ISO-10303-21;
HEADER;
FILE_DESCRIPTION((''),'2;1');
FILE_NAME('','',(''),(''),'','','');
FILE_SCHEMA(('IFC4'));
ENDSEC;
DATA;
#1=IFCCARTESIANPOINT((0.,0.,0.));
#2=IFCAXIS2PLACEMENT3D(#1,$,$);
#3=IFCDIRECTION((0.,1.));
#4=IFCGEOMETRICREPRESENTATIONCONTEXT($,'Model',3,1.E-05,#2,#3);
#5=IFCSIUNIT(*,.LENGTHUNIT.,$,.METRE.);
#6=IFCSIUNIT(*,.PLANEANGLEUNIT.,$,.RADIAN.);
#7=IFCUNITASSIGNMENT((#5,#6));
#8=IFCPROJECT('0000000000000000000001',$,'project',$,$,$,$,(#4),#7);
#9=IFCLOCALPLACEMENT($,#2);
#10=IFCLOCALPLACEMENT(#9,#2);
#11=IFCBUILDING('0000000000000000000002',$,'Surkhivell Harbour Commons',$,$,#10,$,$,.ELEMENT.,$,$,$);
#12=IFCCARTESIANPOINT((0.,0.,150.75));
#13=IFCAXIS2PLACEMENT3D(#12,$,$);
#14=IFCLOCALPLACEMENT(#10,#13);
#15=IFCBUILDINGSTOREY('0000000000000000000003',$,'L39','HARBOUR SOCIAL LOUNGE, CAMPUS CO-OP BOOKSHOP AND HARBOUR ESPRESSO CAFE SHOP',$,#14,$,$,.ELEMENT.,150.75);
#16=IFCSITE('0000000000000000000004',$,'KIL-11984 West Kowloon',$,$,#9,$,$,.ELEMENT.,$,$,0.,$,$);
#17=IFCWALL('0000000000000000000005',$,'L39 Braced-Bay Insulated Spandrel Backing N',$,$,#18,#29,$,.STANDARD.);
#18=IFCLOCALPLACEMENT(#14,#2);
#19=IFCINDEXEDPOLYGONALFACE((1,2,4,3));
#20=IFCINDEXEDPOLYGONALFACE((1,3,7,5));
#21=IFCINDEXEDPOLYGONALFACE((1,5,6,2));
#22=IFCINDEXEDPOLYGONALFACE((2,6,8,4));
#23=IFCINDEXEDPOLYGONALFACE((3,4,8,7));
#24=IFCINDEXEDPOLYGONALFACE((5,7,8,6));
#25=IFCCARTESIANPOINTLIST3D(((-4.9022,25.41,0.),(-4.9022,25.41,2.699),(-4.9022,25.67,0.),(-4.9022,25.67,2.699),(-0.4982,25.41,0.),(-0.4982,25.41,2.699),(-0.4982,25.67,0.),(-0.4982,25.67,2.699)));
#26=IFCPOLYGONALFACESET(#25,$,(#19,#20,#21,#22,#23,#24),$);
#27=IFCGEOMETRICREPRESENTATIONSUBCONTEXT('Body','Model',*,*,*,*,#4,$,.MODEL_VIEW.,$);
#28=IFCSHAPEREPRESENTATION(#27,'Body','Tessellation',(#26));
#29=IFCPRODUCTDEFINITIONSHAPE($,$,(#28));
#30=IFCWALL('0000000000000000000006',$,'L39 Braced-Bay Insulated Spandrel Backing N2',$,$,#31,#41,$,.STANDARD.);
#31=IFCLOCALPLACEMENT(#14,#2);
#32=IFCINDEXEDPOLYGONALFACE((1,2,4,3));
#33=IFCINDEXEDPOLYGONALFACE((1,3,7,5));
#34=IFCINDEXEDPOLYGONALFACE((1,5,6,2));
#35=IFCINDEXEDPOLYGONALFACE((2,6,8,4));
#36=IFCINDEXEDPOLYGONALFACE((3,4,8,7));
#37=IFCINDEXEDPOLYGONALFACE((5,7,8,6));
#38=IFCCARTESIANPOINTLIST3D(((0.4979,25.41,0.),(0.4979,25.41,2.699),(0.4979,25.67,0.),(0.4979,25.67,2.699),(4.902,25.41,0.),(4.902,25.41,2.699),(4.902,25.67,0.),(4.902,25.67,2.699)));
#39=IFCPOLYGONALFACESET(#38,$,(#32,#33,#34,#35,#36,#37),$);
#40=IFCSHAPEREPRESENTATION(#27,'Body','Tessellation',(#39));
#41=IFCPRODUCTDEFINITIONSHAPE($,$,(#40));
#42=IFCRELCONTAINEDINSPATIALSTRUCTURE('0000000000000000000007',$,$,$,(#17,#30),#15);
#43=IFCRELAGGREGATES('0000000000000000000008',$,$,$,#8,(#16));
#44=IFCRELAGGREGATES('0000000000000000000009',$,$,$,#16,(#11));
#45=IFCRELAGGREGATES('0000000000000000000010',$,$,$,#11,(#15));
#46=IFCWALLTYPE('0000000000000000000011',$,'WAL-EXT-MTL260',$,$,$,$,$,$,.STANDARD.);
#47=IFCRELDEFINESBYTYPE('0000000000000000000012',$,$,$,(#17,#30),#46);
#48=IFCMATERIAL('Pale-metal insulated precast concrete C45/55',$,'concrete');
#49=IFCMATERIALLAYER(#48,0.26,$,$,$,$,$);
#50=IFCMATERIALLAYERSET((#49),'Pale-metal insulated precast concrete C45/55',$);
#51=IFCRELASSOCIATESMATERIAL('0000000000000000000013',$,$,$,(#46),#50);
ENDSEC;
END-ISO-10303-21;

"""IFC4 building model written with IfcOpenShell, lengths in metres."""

from ifc_helpers import new_model, si_unit, direction, frame, frame_2d, origin, place, context, subcontext, project, spatial, rectangle, extrude, material, layer, layer_set, type_object, element, save


model = new_model("IFC4")

# Units and contexts
model_context = context("Model", 3, precision=1e-05, world=origin(), true_north=direction((0.0, 1.0)))
body_context = subcontext(model_context, "Body", "Model", "MODEL_VIEW")
ifc_project = project(units=[si_unit("LENGTHUNIT", "METRE"), si_unit("PLANEANGLEUNIT", "RADIAN")], contexts=[model_context])

# Site, building, storey
site_placement = place(None, origin())
site = spatial("IfcSite", under=ifc_project, at=site_placement, Name="KIL-11984 West Kowloon", CompositionType="ELEMENT", RefElevation=0.0)
building_placement = place(site_placement, origin())
building = spatial("IfcBuilding", under=site, at=building_placement, Name="Surkhivell Harbour Commons", CompositionType="ELEMENT")
storey_placement = place(building_placement, frame((0.0, 0.0, 150.75)))
storey = spatial("IfcBuildingStorey", under=building, at=storey_placement, Name="L39", Description="HARBOUR SOCIAL LOUNGE, CAMPUS CO-OP BOOKSHOP AND HARBOUR ESPRESSO CAFE SHOP", CompositionType="ELEMENT", Elevation=150.75)

# Walls
ifc_material_1 = material(Name="Pale-metal insulated precast concrete C45/55", Category="concrete")
ifc_layer_1 = layer(ifc_material_1, 0.26)
ifc_layer_set_1 = layer_set([ifc_layer_1], Name="Pale-metal insulated precast concrete C45/55")
wall_type = type_object("IfcWallType", Name="WAL-EXT-MTL260", PredefinedType="STANDARD", material=ifc_layer_set_1)
for number, where, z_axis, x_axis, name in (
    (1, (-0.498, 25.54, 0.0), (0.0, 0.0, 1.0), (-1.0, 0.0, 0.0), "L39 Braced-Bay Insulated Spandrel Backing N"),
    (2, (4.9021, 25.54, 0.0), (0.0, 0.0, 1.0), (-1.0, 0.0, 0.0), "L39 Braced-Bay Insulated Spandrel Backing N2"),
):
    element("IfcWall", number, at=place(storey_placement, frame(where, z_axis=z_axis, x_axis=x_axis)), inside=storey, type_object=wall_type, Name=name, PredefinedType="STANDARD", context=body_context, shape_type="SweptSolid", body=[
        extrude(rectangle(XDim=4.4041, YDim=0.26, at=frame_2d((2.2021, 0.0))), origin(), (0.0, 0.0, 1.0), 2.699),
    ])

save(model, "model.ifc")
